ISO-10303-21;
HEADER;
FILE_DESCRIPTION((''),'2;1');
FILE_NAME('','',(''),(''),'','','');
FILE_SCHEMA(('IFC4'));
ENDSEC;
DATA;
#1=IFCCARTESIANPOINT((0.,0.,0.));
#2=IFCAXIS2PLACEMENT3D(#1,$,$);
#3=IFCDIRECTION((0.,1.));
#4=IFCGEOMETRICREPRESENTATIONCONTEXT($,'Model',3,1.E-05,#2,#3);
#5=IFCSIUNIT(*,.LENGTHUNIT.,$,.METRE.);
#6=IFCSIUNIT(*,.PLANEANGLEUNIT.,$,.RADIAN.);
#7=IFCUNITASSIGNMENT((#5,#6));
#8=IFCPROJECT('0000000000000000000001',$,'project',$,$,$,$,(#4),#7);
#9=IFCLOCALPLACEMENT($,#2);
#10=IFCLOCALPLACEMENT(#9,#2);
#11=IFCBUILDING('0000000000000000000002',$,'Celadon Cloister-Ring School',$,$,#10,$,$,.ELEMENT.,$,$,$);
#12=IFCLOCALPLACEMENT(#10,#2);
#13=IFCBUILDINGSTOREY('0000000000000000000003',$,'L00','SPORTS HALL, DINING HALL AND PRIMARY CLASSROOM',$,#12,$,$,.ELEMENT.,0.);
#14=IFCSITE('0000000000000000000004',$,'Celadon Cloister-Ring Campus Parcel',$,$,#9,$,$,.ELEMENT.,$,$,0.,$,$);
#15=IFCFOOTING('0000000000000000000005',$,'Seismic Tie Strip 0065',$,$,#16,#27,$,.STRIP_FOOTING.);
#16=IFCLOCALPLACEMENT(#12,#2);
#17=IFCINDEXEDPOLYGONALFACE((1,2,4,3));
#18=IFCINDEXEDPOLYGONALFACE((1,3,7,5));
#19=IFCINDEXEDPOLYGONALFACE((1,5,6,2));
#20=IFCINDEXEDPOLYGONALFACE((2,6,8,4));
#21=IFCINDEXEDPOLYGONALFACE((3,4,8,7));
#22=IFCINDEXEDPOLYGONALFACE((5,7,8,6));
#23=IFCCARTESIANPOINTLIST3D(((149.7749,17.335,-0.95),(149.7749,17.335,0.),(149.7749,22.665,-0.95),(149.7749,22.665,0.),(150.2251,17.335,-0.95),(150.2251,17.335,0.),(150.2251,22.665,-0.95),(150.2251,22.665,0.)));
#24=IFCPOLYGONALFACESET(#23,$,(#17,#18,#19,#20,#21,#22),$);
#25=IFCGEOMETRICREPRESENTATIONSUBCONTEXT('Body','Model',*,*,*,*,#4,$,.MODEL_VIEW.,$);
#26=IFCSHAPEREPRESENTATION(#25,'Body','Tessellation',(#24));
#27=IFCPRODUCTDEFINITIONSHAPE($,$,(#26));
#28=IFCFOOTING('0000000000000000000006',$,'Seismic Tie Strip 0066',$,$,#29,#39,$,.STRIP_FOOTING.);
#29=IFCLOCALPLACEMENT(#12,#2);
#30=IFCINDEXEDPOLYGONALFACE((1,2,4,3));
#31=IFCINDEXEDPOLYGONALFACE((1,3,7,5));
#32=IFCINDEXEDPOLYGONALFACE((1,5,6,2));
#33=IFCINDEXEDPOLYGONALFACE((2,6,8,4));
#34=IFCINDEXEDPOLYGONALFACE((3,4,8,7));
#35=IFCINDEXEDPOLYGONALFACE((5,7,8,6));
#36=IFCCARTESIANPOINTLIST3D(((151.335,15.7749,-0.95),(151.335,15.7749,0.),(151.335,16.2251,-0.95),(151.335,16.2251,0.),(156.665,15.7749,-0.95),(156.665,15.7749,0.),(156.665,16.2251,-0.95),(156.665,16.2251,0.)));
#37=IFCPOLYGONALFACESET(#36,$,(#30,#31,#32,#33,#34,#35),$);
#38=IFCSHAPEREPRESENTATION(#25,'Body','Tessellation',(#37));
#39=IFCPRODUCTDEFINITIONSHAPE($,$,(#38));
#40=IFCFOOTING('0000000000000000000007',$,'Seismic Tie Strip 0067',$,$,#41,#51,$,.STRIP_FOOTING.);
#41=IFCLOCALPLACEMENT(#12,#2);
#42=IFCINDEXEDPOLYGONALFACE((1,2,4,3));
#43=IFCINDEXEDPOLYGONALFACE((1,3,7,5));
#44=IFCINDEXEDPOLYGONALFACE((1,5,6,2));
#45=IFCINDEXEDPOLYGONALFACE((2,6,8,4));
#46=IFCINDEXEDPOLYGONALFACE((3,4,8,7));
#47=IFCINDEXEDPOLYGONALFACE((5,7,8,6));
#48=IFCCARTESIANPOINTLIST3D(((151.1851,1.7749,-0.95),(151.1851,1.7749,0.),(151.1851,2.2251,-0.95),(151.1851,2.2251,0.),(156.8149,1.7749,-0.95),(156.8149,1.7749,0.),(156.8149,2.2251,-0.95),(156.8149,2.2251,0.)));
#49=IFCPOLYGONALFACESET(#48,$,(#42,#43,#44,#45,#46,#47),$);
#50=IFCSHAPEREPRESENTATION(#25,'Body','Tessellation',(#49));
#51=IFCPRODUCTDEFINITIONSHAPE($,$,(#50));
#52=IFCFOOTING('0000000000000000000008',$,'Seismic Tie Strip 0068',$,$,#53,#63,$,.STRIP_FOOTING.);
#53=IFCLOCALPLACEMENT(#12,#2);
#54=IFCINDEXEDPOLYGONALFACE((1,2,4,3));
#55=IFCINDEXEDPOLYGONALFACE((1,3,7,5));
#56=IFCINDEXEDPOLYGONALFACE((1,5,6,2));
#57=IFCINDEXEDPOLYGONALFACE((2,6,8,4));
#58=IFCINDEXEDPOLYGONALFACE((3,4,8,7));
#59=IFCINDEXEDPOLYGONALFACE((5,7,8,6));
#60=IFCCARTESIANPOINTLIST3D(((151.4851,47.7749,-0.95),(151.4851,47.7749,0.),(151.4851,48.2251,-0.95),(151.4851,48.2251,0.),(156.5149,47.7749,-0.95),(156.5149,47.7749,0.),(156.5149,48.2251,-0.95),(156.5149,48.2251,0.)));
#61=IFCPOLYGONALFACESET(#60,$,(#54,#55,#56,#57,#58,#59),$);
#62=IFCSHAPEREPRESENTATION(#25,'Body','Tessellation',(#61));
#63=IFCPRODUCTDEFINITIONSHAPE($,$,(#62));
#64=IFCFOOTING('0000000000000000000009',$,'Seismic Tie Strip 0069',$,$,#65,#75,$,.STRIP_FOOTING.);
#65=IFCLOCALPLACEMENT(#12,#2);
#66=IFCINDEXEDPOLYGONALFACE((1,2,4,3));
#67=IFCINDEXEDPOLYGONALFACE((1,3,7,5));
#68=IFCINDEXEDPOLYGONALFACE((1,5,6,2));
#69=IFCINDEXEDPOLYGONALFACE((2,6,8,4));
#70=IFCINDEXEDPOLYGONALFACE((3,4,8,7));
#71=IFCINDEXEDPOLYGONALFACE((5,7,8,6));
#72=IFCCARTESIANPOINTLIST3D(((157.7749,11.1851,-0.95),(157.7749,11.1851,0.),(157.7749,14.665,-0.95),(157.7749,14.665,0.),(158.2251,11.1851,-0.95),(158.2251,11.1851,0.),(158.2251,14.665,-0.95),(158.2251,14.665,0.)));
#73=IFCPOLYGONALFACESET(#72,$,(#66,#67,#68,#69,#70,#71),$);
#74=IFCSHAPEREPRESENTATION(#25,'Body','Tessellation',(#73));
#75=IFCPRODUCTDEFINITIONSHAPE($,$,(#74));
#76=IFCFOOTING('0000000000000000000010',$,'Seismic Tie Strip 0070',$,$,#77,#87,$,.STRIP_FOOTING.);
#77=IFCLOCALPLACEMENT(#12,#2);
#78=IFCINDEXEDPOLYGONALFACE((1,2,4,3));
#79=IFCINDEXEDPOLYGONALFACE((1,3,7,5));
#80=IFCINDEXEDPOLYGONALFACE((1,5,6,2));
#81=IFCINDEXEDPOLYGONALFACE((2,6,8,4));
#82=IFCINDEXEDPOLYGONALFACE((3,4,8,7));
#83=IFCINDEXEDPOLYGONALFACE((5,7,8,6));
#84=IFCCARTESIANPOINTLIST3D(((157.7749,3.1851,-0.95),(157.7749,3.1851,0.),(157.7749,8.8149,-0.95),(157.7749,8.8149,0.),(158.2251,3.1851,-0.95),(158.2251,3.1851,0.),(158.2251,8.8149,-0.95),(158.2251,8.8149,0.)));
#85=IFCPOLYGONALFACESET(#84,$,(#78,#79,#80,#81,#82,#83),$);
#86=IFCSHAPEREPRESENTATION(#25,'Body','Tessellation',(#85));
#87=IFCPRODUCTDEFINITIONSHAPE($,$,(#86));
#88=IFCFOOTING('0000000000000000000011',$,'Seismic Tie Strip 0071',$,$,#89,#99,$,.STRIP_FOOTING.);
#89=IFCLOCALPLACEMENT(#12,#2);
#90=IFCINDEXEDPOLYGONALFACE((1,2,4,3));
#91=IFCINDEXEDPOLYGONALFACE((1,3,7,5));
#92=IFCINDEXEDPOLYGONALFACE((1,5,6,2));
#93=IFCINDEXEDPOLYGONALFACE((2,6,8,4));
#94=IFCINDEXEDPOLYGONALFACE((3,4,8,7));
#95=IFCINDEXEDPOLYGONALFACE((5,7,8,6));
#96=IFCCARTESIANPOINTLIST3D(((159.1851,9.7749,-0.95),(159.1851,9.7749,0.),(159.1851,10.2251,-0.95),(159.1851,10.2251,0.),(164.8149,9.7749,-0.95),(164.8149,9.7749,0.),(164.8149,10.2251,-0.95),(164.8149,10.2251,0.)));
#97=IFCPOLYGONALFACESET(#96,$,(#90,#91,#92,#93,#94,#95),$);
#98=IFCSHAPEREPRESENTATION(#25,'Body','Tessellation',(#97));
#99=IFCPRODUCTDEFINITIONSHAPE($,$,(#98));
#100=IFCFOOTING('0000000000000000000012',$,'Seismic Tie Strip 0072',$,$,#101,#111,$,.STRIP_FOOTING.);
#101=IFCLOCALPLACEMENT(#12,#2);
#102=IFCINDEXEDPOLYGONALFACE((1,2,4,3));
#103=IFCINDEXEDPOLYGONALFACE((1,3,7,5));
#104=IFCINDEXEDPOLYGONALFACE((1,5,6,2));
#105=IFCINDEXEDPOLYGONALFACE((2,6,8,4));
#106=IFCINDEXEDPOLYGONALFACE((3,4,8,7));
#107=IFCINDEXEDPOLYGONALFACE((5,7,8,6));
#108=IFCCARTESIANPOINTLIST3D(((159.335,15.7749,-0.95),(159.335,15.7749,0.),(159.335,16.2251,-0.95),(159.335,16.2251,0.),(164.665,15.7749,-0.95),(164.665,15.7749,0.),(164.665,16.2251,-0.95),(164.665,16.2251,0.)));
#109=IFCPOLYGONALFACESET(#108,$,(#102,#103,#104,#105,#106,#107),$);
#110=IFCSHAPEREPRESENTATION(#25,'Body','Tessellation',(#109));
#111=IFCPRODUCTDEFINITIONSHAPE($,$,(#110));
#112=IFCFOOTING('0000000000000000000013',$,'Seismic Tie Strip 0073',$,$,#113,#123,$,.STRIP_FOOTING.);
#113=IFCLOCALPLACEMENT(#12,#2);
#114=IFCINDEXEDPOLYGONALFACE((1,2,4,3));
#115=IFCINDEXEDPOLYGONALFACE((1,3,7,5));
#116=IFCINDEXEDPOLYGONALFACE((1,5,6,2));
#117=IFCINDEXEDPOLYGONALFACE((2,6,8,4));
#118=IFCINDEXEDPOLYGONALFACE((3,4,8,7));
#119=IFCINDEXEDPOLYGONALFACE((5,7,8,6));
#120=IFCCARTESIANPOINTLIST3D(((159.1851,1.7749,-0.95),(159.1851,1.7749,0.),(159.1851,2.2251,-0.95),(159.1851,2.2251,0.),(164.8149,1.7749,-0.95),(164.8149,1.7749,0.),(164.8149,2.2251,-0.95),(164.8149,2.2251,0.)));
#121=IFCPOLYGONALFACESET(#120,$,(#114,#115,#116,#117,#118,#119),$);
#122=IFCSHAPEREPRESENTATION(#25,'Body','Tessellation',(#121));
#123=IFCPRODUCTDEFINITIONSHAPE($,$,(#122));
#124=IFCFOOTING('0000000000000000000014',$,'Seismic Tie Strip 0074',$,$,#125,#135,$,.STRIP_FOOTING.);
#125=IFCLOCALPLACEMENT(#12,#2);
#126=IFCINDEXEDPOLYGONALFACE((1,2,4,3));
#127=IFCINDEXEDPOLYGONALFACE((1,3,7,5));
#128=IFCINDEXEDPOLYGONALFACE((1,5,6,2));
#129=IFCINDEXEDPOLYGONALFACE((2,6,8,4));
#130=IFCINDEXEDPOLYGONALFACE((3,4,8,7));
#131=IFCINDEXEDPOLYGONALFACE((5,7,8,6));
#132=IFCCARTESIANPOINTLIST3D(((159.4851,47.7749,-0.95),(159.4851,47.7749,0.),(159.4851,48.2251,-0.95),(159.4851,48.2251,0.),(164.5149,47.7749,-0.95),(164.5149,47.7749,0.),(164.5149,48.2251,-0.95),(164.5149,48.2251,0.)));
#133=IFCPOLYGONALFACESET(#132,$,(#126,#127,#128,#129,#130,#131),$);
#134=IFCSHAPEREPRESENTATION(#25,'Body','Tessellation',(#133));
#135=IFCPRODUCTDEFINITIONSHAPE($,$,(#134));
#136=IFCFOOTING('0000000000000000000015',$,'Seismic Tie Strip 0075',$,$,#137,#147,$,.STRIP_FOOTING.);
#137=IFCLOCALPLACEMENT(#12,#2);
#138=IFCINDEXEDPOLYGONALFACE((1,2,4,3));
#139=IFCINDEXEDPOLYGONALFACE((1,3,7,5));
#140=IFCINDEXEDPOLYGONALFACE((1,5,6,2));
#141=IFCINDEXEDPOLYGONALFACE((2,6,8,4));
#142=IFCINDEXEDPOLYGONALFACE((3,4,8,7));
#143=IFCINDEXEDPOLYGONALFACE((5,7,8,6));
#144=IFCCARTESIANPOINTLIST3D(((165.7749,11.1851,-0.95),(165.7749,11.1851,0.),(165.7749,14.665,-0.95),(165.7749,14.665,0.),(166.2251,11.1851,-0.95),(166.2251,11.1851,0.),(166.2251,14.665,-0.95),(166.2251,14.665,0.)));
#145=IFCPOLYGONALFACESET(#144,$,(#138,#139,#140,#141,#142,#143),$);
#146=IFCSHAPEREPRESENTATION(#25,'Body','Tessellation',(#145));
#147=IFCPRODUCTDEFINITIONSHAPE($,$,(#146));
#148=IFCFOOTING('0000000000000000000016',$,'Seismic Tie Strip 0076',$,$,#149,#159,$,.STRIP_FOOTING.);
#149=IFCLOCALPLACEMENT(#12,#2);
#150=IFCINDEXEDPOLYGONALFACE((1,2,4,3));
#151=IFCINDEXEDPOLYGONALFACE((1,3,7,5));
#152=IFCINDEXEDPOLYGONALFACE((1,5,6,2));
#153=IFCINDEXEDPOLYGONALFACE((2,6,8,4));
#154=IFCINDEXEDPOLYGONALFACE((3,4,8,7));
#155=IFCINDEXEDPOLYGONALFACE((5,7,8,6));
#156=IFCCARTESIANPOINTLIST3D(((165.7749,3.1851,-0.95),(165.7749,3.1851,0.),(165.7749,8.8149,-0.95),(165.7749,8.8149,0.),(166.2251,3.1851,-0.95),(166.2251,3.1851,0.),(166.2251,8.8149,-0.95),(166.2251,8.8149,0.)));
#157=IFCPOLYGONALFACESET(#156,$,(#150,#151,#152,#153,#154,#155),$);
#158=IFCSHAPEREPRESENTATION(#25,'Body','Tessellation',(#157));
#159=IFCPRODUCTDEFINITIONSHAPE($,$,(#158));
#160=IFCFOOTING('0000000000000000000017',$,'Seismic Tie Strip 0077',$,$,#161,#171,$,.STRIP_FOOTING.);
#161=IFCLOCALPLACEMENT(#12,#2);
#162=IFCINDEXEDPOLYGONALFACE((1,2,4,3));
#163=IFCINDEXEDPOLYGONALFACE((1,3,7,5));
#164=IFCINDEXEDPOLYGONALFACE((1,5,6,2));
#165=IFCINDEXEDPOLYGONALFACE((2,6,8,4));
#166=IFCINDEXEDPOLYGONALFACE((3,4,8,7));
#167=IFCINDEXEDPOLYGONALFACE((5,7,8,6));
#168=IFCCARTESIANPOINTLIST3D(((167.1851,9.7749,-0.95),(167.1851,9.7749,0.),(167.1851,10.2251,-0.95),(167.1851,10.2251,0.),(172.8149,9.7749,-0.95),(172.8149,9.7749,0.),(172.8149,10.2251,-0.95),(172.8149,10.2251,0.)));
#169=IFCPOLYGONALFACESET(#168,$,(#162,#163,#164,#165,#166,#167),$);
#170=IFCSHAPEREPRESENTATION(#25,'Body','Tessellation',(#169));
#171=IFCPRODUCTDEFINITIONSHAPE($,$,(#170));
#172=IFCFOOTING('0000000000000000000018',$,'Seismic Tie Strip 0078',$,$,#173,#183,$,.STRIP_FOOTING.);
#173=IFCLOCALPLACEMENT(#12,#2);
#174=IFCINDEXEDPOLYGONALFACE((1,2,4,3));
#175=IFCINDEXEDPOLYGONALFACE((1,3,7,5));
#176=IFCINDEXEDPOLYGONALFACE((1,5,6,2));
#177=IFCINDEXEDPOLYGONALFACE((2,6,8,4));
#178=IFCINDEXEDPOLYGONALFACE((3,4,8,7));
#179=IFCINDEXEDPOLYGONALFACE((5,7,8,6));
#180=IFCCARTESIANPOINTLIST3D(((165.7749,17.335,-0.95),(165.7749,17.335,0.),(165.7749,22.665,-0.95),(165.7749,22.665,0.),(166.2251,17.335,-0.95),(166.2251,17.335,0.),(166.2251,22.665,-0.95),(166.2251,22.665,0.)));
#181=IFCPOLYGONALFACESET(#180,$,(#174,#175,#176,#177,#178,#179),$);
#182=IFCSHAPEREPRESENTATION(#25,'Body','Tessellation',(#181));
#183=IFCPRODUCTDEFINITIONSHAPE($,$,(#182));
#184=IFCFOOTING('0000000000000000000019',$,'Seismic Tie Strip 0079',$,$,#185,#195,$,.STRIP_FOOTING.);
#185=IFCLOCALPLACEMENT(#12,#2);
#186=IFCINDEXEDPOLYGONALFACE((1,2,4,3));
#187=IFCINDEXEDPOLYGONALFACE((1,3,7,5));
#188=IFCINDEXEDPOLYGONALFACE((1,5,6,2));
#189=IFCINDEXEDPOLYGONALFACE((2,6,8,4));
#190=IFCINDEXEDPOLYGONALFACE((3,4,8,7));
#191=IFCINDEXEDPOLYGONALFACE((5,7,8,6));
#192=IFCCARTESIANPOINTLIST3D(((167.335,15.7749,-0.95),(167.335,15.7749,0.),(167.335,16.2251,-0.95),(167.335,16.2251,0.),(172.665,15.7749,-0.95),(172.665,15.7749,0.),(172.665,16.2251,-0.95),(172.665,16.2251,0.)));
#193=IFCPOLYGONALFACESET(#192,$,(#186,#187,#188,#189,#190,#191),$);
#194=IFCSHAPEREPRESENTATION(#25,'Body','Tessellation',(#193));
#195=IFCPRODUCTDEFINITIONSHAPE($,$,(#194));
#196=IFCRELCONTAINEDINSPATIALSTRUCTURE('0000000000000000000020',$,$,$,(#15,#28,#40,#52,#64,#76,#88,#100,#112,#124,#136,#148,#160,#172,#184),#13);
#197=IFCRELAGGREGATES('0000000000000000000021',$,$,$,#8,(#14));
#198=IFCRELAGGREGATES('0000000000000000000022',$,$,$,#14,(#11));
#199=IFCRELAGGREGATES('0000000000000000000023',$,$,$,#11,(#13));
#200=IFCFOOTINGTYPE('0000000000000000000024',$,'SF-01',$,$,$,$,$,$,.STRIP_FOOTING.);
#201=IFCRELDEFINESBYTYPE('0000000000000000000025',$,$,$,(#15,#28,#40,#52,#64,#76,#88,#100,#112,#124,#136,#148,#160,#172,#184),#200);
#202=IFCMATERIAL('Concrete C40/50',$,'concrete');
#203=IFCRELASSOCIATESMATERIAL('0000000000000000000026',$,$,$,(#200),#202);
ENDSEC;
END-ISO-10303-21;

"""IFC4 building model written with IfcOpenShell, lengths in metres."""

from ifc_helpers import new_model, si_unit, direction, frame, origin, place, context, subcontext, project, spatial, polyline, outline, extrude, material, type_object, element, save


model = new_model("IFC4")

# Units and contexts
model_context = context("Model", 3, precision=1e-05, world=origin(), true_north=direction((0.0, 1.0)))
body_context = subcontext(model_context, "Body", "Model", "MODEL_VIEW")
ifc_project = project(units=[si_unit("LENGTHUNIT", "METRE"), si_unit("PLANEANGLEUNIT", "RADIAN")], contexts=[model_context])

# Site, building, storey
site_placement = place(None, origin())
site = spatial("IfcSite", under=ifc_project, at=site_placement, Name="Celadon Cloister-Ring Campus Parcel", CompositionType="ELEMENT", RefElevation=0.0)
building_placement = place(site_placement, origin())
building = spatial("IfcBuilding", under=site, at=building_placement, Name="Celadon Cloister-Ring School", CompositionType="ELEMENT")
storey_placement = place(building_placement, origin())
storey = spatial("IfcBuildingStorey", under=building, at=storey_placement, Name="L00", Description="SPORTS HALL, DINING HALL AND PRIMARY CLASSROOM", CompositionType="ELEMENT", Elevation=0.0)

# Footings
ifc_material = material(Name="Concrete C40/50", Category="concrete")
footing_type = type_object("IfcFootingType", Name="SF-01", PredefinedType="STRIP_FOOTING", material=ifc_material)
footing_1_placement = place(storey_placement, frame((0.0, 0.0, -0.95)))
element("IfcFooting", 1, at=footing_1_placement, inside=storey, type_object=footing_type, Name="Seismic Tie Strip 0065", PredefinedType="STRIP_FOOTING", context=body_context, shape_type="SweptSolid", body=[
    extrude(outline(polyline([(150.2251, 17.335), (150.2251, 22.665), (149.7749, 22.665), (149.7749, 17.335), (150.2251, 17.335)])), origin(), (0.0, 0.0, 1.0), 0.95),
])
footing_2_placement = place(storey_placement, frame((0.0, 0.0, -0.95)))
element("IfcFooting", 2, at=footing_2_placement, inside=storey, type_object=footing_type, Name="Seismic Tie Strip 0066", PredefinedType="STRIP_FOOTING", context=body_context, shape_type="SweptSolid", body=[
    extrude(outline(polyline([(151.335, 15.7749), (156.665, 15.7749), (156.665, 16.2251), (151.335, 16.2251), (151.335, 15.7749)])), origin(), (0.0, 0.0, 1.0), 0.95),
])
footing_3_placement = place(storey_placement, frame((0.0, 0.0, -0.95)))
element("IfcFooting", 3, at=footing_3_placement, inside=storey, type_object=footing_type, Name="Seismic Tie Strip 0067", PredefinedType="STRIP_FOOTING", context=body_context, shape_type="SweptSolid", body=[
    extrude(outline(polyline([(151.1851, 1.7749), (156.8149, 1.7749), (156.8149, 2.2251), (151.1851, 2.2251), (151.1851, 1.7749)])), origin(), (0.0, 0.0, 1.0), 0.95),
])
footing_4_placement = place(storey_placement, frame((0.0, 0.0, -0.95)))
element("IfcFooting", 4, at=footing_4_placement, inside=storey, type_object=footing_type, Name="Seismic Tie Strip 0068", PredefinedType="STRIP_FOOTING", context=body_context, shape_type="SweptSolid", body=[
    extrude(outline(polyline([(151.4851, 47.7749), (156.5149, 47.7749), (156.5149, 48.2251), (151.4851, 48.2251), (151.4851, 47.7749)])), origin(), (0.0, 0.0, 1.0), 0.95),
])
footing_5_placement = place(storey_placement, frame((0.0, 0.0, -0.95)))
element("IfcFooting", 5, at=footing_5_placement, inside=storey, type_object=footing_type, Name="Seismic Tie Strip 0069", PredefinedType="STRIP_FOOTING", context=body_context, shape_type="SweptSolid", body=[
    extrude(outline(polyline([(158.2251, 11.1851), (158.2251, 14.665), (157.7749, 14.665), (157.7749, 11.1851), (158.2251, 11.1851)])), origin(), (0.0, 0.0, 1.0), 0.95),
])
footing_6_placement = place(storey_placement, frame((0.0, 0.0, -0.95)))
element("IfcFooting", 6, at=footing_6_placement, inside=storey, type_object=footing_type, Name="Seismic Tie Strip 0070", PredefinedType="STRIP_FOOTING", context=body_context, shape_type="SweptSolid", body=[
    extrude(outline(polyline([(157.7749, 8.8149), (157.7749, 3.1851), (158.2251, 3.1851), (158.2251, 8.8149), (157.7749, 8.8149)])), origin(), (0.0, 0.0, 1.0), 0.95),
])
footing_7_placement = place(storey_placement, frame((0.0, 0.0, -0.95)))
element("IfcFooting", 7, at=footing_7_placement, inside=storey, type_object=footing_type, Name="Seismic Tie Strip 0071", PredefinedType="STRIP_FOOTING", context=body_context, shape_type="SweptSolid", body=[
    extrude(outline(polyline([(159.1851, 9.7749), (164.8149, 9.7749), (164.8149, 10.2251), (159.1851, 10.2251), (159.1851, 9.7749)])), origin(), (0.0, 0.0, 1.0), 0.95),
])
footing_8_placement = place(storey_placement, frame((0.0, 0.0, -0.95)))
element("IfcFooting", 8, at=footing_8_placement, inside=storey, type_object=footing_type, Name="Seismic Tie Strip 0072", PredefinedType="STRIP_FOOTING", context=body_context, shape_type="SweptSolid", body=[
    extrude(outline(polyline([(159.335, 15.7749), (164.665, 15.7749), (164.665, 16.2251), (159.335, 16.2251), (159.335, 15.7749)])), origin(), (0.0, 0.0, 1.0), 0.95),
])
footing_9_placement = place(storey_placement, frame((0.0, 0.0, -0.95)))
element("IfcFooting", 9, at=footing_9_placement, inside=storey, type_object=footing_type, Name="Seismic Tie Strip 0073", PredefinedType="STRIP_FOOTING", context=body_context, shape_type="SweptSolid", body=[
    extrude(outline(polyline([(159.1851, 1.7749), (164.8149, 1.7749), (164.8149, 2.2251), (159.1851, 2.2251), (159.1851, 1.7749)])), origin(), (0.0, 0.0, 1.0), 0.95),
])
footing_10_placement = place(storey_placement, frame((0.0, 0.0, -0.95)))
element("IfcFooting", 10, at=footing_10_placement, inside=storey, type_object=footing_type, Name="Seismic Tie Strip 0074", PredefinedType="STRIP_FOOTING", context=body_context, shape_type="SweptSolid", body=[
    extrude(outline(polyline([(159.4851, 47.7749), (164.5149, 47.7749), (164.5149, 48.2251), (159.4851, 48.2251), (159.4851, 47.7749)])), origin(), (0.0, 0.0, 1.0), 0.95),
])
footing_11_placement = place(storey_placement, frame((0.0, 0.0, -0.95)))
element("IfcFooting", 11, at=footing_11_placement, inside=storey, type_object=footing_type, Name="Seismic Tie Strip 0075", PredefinedType="STRIP_FOOTING", context=body_context, shape_type="SweptSolid", body=[
    extrude(outline(polyline([(166.2251, 11.1851), (166.2251, 14.665), (165.7749, 14.665), (165.7749, 11.1851), (166.2251, 11.1851)])), origin(), (0.0, 0.0, 1.0), 0.95),
])
footing_12_placement = place(storey_placement, frame((0.0, 0.0, -0.95)))
element("IfcFooting", 12, at=footing_12_placement, inside=storey, type_object=footing_type, Name="Seismic Tie Strip 0076", PredefinedType="STRIP_FOOTING", context=body_context, shape_type="SweptSolid", body=[
    extrude(outline(polyline([(165.7749, 8.8149), (165.7749, 3.1851), (166.2251, 3.1851), (166.2251, 8.8149), (165.7749, 8.8149)])), origin(), (0.0, 0.0, 1.0), 0.95),
])
footing_13_placement = place(storey_placement, frame((0.0, 0.0, -0.95)))
element("IfcFooting", 13, at=footing_13_placement, inside=storey, type_object=footing_type, Name="Seismic Tie Strip 0077", PredefinedType="STRIP_FOOTING", context=body_context, shape_type="SweptSolid", body=[
    extrude(outline(polyline([(167.1851, 9.7749), (172.8149, 9.7749), (172.8149, 10.2251), (167.1851, 10.2251), (167.1851, 9.7749)])), origin(), (0.0, 0.0, 1.0), 0.95),
])
footing_14_placement = place(storey_placement, frame((0.0, 0.0, -0.95)))
element("IfcFooting", 14, at=footing_14_placement, inside=storey, type_object=footing_type, Name="Seismic Tie Strip 0078", PredefinedType="STRIP_FOOTING", context=body_context, shape_type="SweptSolid", body=[
    extrude(outline(polyline([(166.2251, 17.335), (166.2251, 22.665), (165.7749, 22.665), (165.7749, 17.335), (166.2251, 17.335)])), origin(), (0.0, 0.0, 1.0), 0.95),
])
footing_15_placement = place(storey_placement, frame((0.0, 0.0, -0.95)))
element("IfcFooting", 15, at=footing_15_placement, inside=storey, type_object=footing_type, Name="Seismic Tie Strip 0079", PredefinedType="STRIP_FOOTING", context=body_context, shape_type="SweptSolid", body=[
    extrude(outline(polyline([(167.335, 15.7749), (172.665, 15.7749), (172.665, 16.2251), (167.335, 16.2251), (167.335, 15.7749)])), origin(), (0.0, 0.0, 1.0), 0.95),
])

save(model, "model.ifc")
